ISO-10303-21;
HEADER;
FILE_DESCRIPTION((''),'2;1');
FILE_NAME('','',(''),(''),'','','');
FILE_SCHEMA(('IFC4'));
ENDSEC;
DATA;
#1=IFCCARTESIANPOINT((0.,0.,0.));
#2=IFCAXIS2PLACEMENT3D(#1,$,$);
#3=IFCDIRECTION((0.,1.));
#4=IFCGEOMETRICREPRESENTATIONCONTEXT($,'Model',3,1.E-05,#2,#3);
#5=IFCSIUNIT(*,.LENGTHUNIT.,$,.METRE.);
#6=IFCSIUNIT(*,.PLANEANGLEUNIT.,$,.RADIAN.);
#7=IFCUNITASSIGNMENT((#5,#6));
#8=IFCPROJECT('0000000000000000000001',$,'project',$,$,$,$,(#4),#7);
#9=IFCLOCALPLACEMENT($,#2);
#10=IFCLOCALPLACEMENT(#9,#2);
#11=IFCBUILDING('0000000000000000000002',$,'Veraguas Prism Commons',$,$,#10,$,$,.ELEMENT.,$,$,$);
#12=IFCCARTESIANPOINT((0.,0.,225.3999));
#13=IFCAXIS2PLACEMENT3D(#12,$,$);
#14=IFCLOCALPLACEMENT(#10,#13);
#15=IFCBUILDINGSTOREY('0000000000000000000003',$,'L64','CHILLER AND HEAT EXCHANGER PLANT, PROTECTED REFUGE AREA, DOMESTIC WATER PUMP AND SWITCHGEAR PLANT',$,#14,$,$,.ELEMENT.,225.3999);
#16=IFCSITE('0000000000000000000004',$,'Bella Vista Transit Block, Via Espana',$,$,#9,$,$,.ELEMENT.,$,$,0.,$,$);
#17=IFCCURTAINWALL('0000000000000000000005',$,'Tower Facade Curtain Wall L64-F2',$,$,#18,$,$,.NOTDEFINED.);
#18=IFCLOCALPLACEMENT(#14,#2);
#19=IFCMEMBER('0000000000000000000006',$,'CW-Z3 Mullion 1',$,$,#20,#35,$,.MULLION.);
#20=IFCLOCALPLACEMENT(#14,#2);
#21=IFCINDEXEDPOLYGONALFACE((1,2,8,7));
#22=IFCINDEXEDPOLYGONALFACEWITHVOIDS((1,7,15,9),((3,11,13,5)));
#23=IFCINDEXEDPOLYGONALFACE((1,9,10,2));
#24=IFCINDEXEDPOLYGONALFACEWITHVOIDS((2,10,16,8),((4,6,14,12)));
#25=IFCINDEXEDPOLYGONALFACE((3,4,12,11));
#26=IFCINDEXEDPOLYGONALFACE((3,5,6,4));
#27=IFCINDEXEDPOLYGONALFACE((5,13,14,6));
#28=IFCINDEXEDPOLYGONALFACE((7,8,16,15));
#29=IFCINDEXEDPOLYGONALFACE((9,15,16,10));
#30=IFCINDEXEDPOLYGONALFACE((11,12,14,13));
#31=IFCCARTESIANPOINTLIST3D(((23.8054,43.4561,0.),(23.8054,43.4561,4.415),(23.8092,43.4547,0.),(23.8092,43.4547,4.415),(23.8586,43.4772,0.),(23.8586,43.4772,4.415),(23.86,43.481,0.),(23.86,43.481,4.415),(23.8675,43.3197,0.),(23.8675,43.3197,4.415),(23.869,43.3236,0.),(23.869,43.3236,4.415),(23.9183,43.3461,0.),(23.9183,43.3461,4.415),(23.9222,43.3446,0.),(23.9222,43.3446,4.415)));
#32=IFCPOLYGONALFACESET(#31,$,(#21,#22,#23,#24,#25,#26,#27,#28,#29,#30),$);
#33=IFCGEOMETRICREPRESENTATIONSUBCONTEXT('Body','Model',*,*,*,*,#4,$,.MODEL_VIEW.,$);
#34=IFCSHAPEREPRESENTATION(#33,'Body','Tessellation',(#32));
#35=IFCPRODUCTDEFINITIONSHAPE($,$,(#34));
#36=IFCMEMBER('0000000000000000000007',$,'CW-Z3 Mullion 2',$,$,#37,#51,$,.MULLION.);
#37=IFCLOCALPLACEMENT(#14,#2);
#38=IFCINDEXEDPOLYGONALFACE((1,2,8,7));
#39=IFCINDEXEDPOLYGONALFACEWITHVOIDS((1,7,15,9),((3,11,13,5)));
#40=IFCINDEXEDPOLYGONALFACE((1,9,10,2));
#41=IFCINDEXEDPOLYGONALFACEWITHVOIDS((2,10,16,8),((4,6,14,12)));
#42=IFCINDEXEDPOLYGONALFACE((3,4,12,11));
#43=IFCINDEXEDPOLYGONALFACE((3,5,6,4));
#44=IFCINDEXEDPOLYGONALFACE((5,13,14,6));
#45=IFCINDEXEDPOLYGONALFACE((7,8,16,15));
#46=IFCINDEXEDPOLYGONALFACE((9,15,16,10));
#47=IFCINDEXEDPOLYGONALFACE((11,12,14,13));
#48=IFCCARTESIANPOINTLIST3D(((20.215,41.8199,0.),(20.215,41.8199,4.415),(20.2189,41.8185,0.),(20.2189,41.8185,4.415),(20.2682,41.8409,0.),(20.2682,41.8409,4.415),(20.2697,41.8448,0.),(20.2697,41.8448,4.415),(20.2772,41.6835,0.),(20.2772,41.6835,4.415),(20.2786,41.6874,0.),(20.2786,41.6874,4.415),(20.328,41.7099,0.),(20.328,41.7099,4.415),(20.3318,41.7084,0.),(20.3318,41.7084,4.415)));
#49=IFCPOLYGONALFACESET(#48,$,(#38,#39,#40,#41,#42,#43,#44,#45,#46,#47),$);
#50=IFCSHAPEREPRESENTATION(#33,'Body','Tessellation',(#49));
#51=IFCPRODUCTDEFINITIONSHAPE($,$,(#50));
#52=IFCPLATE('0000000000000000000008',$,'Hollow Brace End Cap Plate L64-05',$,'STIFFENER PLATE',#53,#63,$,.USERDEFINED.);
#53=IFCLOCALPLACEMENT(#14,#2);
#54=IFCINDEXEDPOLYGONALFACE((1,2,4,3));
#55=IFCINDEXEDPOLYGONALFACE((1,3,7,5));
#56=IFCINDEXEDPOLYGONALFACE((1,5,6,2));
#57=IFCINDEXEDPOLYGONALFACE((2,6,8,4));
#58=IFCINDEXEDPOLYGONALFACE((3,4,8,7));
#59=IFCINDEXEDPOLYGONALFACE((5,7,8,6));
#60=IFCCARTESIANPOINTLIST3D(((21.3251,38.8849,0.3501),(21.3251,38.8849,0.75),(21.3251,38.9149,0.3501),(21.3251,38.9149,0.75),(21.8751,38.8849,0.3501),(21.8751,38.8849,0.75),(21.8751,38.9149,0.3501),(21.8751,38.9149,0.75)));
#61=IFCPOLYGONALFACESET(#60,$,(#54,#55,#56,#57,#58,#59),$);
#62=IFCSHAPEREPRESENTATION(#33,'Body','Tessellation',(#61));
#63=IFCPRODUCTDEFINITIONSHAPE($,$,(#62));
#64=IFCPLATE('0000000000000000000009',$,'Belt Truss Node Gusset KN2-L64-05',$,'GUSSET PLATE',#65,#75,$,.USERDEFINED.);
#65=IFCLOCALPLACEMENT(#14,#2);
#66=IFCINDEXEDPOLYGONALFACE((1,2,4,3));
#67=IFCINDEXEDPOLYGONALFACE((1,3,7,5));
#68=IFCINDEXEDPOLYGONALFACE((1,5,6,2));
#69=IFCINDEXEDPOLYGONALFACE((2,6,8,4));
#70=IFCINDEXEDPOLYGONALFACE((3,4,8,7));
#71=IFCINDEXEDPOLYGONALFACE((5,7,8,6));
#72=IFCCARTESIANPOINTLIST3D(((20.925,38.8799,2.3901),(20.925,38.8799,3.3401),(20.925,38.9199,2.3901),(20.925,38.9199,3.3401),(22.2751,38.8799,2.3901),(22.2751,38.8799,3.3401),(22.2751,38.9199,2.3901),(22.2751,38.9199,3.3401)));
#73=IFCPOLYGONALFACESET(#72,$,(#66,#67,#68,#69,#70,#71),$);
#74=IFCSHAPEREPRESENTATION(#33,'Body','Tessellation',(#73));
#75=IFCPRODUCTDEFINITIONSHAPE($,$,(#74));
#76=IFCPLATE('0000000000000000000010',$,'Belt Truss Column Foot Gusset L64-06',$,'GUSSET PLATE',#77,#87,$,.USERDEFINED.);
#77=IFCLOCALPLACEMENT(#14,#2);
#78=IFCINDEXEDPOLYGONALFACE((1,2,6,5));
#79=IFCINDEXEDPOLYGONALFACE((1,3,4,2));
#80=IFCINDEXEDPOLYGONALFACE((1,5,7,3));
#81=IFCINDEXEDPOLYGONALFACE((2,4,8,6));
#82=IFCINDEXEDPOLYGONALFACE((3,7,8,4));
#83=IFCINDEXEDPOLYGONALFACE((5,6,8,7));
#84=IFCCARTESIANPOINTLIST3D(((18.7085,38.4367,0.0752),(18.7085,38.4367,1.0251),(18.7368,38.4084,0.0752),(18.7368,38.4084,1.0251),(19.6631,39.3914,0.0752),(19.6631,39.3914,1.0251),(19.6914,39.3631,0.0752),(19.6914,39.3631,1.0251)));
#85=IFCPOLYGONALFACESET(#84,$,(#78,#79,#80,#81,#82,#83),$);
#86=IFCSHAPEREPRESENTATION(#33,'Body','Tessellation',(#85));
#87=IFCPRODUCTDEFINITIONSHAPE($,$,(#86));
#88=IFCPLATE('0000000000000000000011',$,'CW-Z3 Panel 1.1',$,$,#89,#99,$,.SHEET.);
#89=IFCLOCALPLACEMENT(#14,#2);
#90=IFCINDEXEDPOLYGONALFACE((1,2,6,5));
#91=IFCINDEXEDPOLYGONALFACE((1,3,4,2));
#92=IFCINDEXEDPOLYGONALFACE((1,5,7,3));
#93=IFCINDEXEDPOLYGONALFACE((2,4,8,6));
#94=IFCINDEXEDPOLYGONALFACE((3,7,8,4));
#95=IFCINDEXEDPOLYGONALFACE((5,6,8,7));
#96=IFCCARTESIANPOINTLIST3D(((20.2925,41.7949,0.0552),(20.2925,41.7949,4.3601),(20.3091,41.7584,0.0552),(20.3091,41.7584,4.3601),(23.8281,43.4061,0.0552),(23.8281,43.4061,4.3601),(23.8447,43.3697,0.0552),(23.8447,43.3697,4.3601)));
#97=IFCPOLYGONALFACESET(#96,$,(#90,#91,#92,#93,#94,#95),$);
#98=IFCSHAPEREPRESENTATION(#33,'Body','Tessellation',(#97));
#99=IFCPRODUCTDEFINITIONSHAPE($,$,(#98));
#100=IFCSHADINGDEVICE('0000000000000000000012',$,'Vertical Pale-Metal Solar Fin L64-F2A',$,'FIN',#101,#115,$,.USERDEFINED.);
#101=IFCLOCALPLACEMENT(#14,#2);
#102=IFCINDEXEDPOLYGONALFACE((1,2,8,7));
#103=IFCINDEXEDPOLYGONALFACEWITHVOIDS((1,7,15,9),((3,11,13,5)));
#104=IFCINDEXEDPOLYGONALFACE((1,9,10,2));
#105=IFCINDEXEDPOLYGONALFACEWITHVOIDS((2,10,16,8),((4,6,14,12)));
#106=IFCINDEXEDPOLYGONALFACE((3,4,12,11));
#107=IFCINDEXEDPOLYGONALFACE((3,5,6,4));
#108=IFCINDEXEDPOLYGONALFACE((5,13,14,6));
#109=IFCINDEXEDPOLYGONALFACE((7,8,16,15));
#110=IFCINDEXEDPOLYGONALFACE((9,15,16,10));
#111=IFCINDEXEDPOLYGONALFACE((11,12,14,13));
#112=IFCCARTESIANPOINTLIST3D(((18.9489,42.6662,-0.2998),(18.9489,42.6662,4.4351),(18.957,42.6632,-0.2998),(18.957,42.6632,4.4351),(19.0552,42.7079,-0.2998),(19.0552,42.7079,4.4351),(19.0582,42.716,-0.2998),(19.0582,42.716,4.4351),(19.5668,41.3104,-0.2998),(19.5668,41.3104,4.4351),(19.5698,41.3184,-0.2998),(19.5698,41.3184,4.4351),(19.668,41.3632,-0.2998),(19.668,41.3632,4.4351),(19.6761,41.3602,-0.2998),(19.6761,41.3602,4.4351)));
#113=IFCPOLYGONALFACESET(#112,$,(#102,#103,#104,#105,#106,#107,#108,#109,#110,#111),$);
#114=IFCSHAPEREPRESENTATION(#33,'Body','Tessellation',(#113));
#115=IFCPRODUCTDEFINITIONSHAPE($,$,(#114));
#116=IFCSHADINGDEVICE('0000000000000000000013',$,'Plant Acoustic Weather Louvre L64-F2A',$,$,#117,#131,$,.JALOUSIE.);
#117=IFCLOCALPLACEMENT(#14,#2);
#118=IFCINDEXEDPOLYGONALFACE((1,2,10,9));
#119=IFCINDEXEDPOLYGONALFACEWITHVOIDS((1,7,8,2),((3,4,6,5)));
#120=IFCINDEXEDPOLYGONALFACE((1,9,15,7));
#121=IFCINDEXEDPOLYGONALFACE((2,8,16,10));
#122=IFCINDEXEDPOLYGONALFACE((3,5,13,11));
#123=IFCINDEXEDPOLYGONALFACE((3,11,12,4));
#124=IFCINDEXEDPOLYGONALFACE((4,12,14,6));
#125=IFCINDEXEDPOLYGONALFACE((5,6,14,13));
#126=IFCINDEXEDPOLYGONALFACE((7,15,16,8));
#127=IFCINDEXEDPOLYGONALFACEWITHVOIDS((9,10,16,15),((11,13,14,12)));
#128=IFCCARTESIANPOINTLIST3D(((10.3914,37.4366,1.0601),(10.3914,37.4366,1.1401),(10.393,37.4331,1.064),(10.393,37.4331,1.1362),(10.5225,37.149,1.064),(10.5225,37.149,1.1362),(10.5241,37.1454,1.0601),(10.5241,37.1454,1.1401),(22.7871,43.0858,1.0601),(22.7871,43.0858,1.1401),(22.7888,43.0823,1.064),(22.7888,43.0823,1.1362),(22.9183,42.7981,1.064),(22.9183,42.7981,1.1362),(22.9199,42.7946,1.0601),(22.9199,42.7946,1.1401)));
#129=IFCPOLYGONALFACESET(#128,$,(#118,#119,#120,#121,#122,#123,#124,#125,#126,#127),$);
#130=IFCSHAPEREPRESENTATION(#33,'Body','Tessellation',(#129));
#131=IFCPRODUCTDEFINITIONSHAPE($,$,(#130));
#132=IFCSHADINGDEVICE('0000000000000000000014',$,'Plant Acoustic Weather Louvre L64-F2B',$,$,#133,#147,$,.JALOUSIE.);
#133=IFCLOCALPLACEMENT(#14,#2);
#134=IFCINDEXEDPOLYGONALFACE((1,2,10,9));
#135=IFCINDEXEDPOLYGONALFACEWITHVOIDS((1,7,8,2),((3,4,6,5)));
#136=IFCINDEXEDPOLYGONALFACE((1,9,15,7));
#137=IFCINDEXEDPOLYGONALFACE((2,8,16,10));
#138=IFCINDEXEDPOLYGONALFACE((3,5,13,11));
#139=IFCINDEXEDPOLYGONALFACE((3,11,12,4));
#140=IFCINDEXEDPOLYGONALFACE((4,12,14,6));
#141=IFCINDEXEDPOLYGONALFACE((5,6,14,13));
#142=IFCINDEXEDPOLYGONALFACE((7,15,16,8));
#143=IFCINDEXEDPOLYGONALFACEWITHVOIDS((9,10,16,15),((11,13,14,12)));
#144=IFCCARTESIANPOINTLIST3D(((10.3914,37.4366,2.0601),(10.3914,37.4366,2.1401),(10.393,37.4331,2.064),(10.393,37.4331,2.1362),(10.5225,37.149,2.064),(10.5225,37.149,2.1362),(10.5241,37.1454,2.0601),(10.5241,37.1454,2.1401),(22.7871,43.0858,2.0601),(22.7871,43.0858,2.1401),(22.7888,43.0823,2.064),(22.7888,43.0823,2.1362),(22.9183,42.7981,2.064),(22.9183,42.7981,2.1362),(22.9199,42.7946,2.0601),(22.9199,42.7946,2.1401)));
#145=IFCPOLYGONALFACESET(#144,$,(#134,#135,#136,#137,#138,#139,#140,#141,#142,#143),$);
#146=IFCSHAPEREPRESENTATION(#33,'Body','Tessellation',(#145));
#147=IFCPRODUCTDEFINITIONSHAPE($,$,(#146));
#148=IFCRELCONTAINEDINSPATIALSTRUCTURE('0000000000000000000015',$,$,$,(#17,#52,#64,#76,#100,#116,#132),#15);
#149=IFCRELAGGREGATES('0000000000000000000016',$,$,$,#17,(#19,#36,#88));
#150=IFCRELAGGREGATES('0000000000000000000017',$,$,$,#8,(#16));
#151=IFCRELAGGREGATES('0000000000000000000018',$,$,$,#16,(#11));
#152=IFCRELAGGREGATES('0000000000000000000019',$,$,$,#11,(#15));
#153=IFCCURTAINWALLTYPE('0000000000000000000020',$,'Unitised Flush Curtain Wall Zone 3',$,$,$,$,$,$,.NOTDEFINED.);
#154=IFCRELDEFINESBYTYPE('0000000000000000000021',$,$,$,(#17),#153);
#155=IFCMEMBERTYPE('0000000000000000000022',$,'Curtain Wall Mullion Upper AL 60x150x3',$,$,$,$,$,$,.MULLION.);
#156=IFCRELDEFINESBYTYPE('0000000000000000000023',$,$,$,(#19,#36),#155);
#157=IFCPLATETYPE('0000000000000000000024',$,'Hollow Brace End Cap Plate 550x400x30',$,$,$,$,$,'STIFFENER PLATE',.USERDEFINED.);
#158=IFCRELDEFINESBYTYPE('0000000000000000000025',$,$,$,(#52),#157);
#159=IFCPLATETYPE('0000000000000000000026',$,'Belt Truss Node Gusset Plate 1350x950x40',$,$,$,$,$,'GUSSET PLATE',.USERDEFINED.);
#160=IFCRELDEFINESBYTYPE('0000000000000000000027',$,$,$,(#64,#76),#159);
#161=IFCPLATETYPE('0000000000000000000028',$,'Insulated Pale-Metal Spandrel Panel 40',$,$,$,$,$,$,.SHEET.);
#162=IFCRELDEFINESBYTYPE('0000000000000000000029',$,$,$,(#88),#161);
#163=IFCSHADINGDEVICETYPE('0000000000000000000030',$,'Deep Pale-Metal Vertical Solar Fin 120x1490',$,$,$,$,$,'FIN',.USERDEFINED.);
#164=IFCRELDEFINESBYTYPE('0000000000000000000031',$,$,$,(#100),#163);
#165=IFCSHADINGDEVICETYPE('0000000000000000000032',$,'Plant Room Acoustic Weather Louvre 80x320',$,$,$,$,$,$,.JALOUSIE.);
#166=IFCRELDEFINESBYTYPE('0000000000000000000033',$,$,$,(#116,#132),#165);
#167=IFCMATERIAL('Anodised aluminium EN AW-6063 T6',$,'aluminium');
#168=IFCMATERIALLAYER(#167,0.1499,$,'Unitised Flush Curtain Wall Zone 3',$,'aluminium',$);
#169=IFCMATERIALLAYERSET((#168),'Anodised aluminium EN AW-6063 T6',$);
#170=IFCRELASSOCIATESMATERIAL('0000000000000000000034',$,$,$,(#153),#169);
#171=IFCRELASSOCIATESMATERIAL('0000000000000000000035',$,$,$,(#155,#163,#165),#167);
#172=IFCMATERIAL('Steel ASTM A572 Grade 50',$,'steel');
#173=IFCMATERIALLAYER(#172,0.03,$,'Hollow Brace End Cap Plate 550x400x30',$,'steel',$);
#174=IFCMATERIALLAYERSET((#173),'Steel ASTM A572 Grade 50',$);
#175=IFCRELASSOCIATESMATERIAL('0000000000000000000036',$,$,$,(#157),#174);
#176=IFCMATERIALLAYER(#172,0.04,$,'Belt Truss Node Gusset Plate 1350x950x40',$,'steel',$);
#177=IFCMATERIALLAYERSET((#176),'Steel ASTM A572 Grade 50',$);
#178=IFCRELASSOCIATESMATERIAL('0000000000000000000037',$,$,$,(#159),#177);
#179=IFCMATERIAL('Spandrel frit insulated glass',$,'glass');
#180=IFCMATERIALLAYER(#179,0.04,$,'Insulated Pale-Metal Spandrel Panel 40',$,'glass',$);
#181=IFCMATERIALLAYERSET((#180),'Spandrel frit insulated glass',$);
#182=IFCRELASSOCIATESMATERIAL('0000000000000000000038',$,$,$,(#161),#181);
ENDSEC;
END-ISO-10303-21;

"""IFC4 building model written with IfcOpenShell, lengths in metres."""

from ifc_helpers import new_model, si_unit, direction, frame, origin, origin_2d, place, context, subcontext, project, spatial, rectangle, hollow_rectangle, extrude, source, transform, mapped, material, layer, layer_set, material_profile, profile_set, type_object, element, aggregate, save


model = new_model("IFC4")

# Units and contexts
model_context = context("Model", 3, precision=1e-05, world=origin(), true_north=direction((0.0, 1.0)))
body_context = subcontext(model_context, "Body", "Model", "MODEL_VIEW")
ifc_project = project(units=[si_unit("LENGTHUNIT", "METRE"), si_unit("PLANEANGLEUNIT", "RADIAN")], contexts=[model_context])

# Site, building, storey
site_placement = place(None, origin())
site = spatial("IfcSite", under=ifc_project, at=site_placement, Name="Bella Vista Transit Block, Via Espana", CompositionType="ELEMENT", RefElevation=0.0)
building_placement = place(site_placement, origin())
building = spatial("IfcBuilding", under=site, at=building_placement, Name="Veraguas Prism Commons", CompositionType="ELEMENT")
storey_placement = place(building_placement, frame((0.0, 0.0, 225.3999)))
storey = spatial("IfcBuildingStorey", under=building, at=storey_placement, Name="L64", Description="CHILLER AND HEAT EXCHANGER PLANT, PROTECTED REFUGE AREA, DOMESTIC WATER PUMP AND SWITCHGEAR PLANT", CompositionType="ELEMENT", Elevation=225.3999)

# Curtain wall, members
ifc_material_1 = material(Name="Anodised aluminium EN AW-6063 T6", Category="aluminium")
ifc_layer_1 = layer(ifc_material_1, 0.1499, Name="Unitised Flush Curtain Wall Zone 3", Category="aluminium")
ifc_layer_set_1 = layer_set([ifc_layer_1], Name="Anodised aluminium EN AW-6063 T6")
curtain_wall_type = type_object("IfcCurtainWallType", Name="Unitised Flush Curtain Wall Zone 3", PredefinedType="NOTDEFINED", material=ifc_layer_set_1)
curtain_wall_placement = place(storey_placement, origin())
curtain_wall = element("IfcCurtainWall", 1, at=curtain_wall_placement, inside=storey, type_object=curtain_wall_type, Name="Tower Facade Curtain Wall L64-F2", PredefinedType="NOTDEFINED")
ifc_material_profile_1 = material_profile(ifc_material_1, hollow_rectangle(XDim=0.0601, YDim=0.1499, WallThickness=0.0029, at=origin_2d()), Name="AL60X150X3")
ifc_profile_set_1 = profile_set([ifc_material_profile_1], Name="Anodised aluminium EN AW-6063 T6")
member_type_1 = type_object("IfcMemberType", Name="Curtain Wall Mullion Upper AL 60x150x3", PredefinedType="MULLION", material=ifc_profile_set_1)
shared_shape_1 = source(origin(), body_context, "Body", "SweptSolid", [
    extrude(hollow_rectangle(XDim=0.0601, YDim=0.1499, WallThickness=0.0029, at=origin_2d()), origin(), (0.0, 0.0, 1.0), 4.415),
])
member_1_placement = place(storey_placement, frame((23.8638, 43.4004, 0.0), z_axis=(0.0, 0.0, 1.0), x_axis=(-0.909962, -0.414692, 0.0)))
member_1 = element("IfcMember", 2, at=member_1_placement, type_object=member_type_1, Name="CW-Z3 Mullion 1", PredefinedType="MULLION", context=body_context, shape_type="MappedRepresentation", body=[
    mapped(shared_shape_1, transform((0.0, 0.0, 0.0), scale=1.0)),
])
member_2_placement = place(storey_placement, frame((20.2734, 41.7642, 0.0), z_axis=(0.0, 0.0, 1.0), x_axis=(-0.909962, -0.414692, 0.0)))
member_2 = element("IfcMember", 3, at=member_2_placement, type_object=member_type_1, Name="CW-Z3 Mullion 2", PredefinedType="MULLION", context=body_context, shape_type="MappedRepresentation", body=[
    mapped(shared_shape_1, transform((0.0, 0.0, 0.0), scale=1.0)),
])

# Plates
ifc_material_2 = material(Name="Steel ASTM A572 Grade 50", Category="steel")
ifc_layer_2 = layer(ifc_material_2, 0.03, Name="Hollow Brace End Cap Plate 550x400x30", Category="steel")
ifc_layer_set_2 = layer_set([ifc_layer_2], Name="Steel ASTM A572 Grade 50")
plate_type_1 = type_object("IfcPlateType", Name="Hollow Brace End Cap Plate 550x400x30", ElementType="STIFFENER PLATE", PredefinedType="USERDEFINED", material=ifc_layer_set_2)
shared_shape_2 = source(origin(), body_context, "Body", "SweptSolid", [
    extrude(rectangle(XDim=0.55, YDim=0.03, at=origin_2d()), origin(), (0.0, 0.0, 1.0), 0.3999),
])
plate_1_placement = place(storey_placement, frame((21.6001, 38.8999, 0.3501), z_axis=(0.0, 0.0, 1.0), x_axis=(-1.0, 0.0, 0.0)))
element("IfcPlate", 4, at=plate_1_placement, inside=storey, type_object=plate_type_1, Name="Hollow Brace End Cap Plate L64-05", ObjectType="STIFFENER PLATE", PredefinedType="USERDEFINED", context=body_context, shape_type="MappedRepresentation", body=[
    mapped(shared_shape_2, transform((0.0, 0.0, 0.0), scale=1.0)),
])
ifc_layer_3 = layer(ifc_material_2, 0.04, Name="Belt Truss Node Gusset Plate 1350x950x40", Category="steel")
ifc_layer_set_3 = layer_set([ifc_layer_3], Name="Steel ASTM A572 Grade 50")
plate_type_2 = type_object("IfcPlateType", Name="Belt Truss Node Gusset Plate 1350x950x40", ElementType="GUSSET PLATE", PredefinedType="USERDEFINED", material=ifc_layer_set_3)
shared_shape_3 = source(origin(), body_context, "Body", "SweptSolid", [
    extrude(rectangle(XDim=1.3501, YDim=0.04, at=origin_2d()), origin(), (0.0, 0.0, 1.0), 0.95),
])
for number, where, z_axis, x_axis, name in (
    (5, (21.6001, 38.8999, 2.3901), (0.0, 0.0, 1.0), (-1.0, 0.0, 0.0), "Belt Truss Node Gusset KN2-L64-05"),
    (6, (19.2, 38.8999, 0.0752), (0.0, 0.0, 1.0), (-0.707107, -0.707107, 0.0), "Belt Truss Column Foot Gusset L64-06"),
):
    element("IfcPlate", number, at=place(storey_placement, frame(where, z_axis=z_axis, x_axis=x_axis)), inside=storey, type_object=plate_type_2, Name=name, ObjectType="GUSSET PLATE", PredefinedType="USERDEFINED", context=body_context, shape_type="MappedRepresentation", body=[
        mapped(shared_shape_3, transform((0.0, 0.0, 0.0), scale=1.0)),
    ])

# Plate
ifc_material_3 = material(Name="Spandrel frit insulated glass", Category="glass")
ifc_layer_4 = layer(ifc_material_3, 0.04, Name="Insulated Pale-Metal Spandrel Panel 40", Category="glass")
ifc_layer_set_4 = layer_set([ifc_layer_4], Name="Spandrel frit insulated glass")
plate_type_3 = type_object("IfcPlateType", Name="Insulated Pale-Metal Spandrel Panel 40", PredefinedType="SHEET", material=ifc_layer_set_4)
shared_shape_4 = source(origin(), body_context, "Body", "SweptSolid", [
    extrude(rectangle(XDim=3.8855, YDim=0.04, at=origin_2d()), origin(), (0.0, 0.0, 1.0), 4.3049),
])
plate_2_placement = place(storey_placement, frame((22.0686, 42.5823, 0.0552), z_axis=(0.0, 0.0, 1.0), x_axis=(-0.909962, -0.414692, 0.0)))
plate_2 = element("IfcPlate", 7, at=plate_2_placement, type_object=plate_type_3, Name="CW-Z3 Panel 1.1", PredefinedType="SHEET", context=body_context, shape_type="MappedRepresentation", body=[
    mapped(shared_shape_4, transform((0.0, 0.0, 0.0), scale=1.0)),
])
aggregate(curtain_wall, [member_1, member_2, plate_2])

# Shading devices
ifc_material_profile_2 = material_profile(ifc_material_1, hollow_rectangle(XDim=0.1201, YDim=1.49, WallThickness=0.0061, at=origin_2d()), Name="FIN120X1490X6")
ifc_profile_set_2 = profile_set([ifc_material_profile_2], Name="Anodised aluminium EN AW-6063 T6")
shading_device_type_1 = type_object("IfcShadingDeviceType", Name="Deep Pale-Metal Vertical Solar Fin 120x1490", ElementType="FIN", PredefinedType="USERDEFINED", material=ifc_profile_set_2)
shading_device_placement = place(storey_placement, frame((19.3125, 42.0132, -0.2998), z_axis=(0.0, 0.0, 1.0), x_axis=(-0.909961, -0.414693, 0.0)))
element("IfcShadingDevice", 8, at=shading_device_placement, inside=storey, type_object=shading_device_type_1, Name="Vertical Pale-Metal Solar Fin L64-F2A", ObjectType="FIN", PredefinedType="USERDEFINED", context=body_context, shape_type="SweptSolid", body=[
    extrude(hollow_rectangle(XDim=0.1201, YDim=1.49, WallThickness=0.0061, at=origin_2d()), origin(), (0.0, 0.0, 1.0), 4.7349),
])
ifc_material_profile_3 = material_profile(ifc_material_1, hollow_rectangle(XDim=0.0801, YDim=0.3201, WallThickness=0.0039, at=origin_2d()), Name="LVR80X320X4")
ifc_profile_set_3 = profile_set([ifc_material_profile_3], Name="Anodised aluminium EN AW-6063 T6")
shading_device_type_2 = type_object("IfcShadingDeviceType", Name="Plant Room Acoustic Weather Louvre 80x320", PredefinedType="JALOUSIE", material=ifc_profile_set_3)
for number, where, z_axis, x_axis, name in (
    (9, (22.8535, 42.9402, 1.1001), (-0.909958, -0.414699, 0.0), (0.0, 0.0, 1.0), "Plant Acoustic Weather Louvre L64-F2A"),
    (10, (22.8535, 42.9402, 2.1001), (-0.909958, -0.414699, 0.0), (0.0, 0.0, 1.0), "Plant Acoustic Weather Louvre L64-F2B"),
):
    element("IfcShadingDevice", number, at=place(storey_placement, frame(where, z_axis=z_axis, x_axis=x_axis)), inside=storey, type_object=shading_device_type_2, Name=name, PredefinedType="JALOUSIE", context=body_context, shape_type="SweptSolid", body=[
        extrude(hollow_rectangle(XDim=0.0801, YDim=0.3201, WallThickness=0.0039, at=origin_2d()), origin(), (0.0, 0.0, 1.0), 13.6223),
    ])

save(model, "model.ifc")
